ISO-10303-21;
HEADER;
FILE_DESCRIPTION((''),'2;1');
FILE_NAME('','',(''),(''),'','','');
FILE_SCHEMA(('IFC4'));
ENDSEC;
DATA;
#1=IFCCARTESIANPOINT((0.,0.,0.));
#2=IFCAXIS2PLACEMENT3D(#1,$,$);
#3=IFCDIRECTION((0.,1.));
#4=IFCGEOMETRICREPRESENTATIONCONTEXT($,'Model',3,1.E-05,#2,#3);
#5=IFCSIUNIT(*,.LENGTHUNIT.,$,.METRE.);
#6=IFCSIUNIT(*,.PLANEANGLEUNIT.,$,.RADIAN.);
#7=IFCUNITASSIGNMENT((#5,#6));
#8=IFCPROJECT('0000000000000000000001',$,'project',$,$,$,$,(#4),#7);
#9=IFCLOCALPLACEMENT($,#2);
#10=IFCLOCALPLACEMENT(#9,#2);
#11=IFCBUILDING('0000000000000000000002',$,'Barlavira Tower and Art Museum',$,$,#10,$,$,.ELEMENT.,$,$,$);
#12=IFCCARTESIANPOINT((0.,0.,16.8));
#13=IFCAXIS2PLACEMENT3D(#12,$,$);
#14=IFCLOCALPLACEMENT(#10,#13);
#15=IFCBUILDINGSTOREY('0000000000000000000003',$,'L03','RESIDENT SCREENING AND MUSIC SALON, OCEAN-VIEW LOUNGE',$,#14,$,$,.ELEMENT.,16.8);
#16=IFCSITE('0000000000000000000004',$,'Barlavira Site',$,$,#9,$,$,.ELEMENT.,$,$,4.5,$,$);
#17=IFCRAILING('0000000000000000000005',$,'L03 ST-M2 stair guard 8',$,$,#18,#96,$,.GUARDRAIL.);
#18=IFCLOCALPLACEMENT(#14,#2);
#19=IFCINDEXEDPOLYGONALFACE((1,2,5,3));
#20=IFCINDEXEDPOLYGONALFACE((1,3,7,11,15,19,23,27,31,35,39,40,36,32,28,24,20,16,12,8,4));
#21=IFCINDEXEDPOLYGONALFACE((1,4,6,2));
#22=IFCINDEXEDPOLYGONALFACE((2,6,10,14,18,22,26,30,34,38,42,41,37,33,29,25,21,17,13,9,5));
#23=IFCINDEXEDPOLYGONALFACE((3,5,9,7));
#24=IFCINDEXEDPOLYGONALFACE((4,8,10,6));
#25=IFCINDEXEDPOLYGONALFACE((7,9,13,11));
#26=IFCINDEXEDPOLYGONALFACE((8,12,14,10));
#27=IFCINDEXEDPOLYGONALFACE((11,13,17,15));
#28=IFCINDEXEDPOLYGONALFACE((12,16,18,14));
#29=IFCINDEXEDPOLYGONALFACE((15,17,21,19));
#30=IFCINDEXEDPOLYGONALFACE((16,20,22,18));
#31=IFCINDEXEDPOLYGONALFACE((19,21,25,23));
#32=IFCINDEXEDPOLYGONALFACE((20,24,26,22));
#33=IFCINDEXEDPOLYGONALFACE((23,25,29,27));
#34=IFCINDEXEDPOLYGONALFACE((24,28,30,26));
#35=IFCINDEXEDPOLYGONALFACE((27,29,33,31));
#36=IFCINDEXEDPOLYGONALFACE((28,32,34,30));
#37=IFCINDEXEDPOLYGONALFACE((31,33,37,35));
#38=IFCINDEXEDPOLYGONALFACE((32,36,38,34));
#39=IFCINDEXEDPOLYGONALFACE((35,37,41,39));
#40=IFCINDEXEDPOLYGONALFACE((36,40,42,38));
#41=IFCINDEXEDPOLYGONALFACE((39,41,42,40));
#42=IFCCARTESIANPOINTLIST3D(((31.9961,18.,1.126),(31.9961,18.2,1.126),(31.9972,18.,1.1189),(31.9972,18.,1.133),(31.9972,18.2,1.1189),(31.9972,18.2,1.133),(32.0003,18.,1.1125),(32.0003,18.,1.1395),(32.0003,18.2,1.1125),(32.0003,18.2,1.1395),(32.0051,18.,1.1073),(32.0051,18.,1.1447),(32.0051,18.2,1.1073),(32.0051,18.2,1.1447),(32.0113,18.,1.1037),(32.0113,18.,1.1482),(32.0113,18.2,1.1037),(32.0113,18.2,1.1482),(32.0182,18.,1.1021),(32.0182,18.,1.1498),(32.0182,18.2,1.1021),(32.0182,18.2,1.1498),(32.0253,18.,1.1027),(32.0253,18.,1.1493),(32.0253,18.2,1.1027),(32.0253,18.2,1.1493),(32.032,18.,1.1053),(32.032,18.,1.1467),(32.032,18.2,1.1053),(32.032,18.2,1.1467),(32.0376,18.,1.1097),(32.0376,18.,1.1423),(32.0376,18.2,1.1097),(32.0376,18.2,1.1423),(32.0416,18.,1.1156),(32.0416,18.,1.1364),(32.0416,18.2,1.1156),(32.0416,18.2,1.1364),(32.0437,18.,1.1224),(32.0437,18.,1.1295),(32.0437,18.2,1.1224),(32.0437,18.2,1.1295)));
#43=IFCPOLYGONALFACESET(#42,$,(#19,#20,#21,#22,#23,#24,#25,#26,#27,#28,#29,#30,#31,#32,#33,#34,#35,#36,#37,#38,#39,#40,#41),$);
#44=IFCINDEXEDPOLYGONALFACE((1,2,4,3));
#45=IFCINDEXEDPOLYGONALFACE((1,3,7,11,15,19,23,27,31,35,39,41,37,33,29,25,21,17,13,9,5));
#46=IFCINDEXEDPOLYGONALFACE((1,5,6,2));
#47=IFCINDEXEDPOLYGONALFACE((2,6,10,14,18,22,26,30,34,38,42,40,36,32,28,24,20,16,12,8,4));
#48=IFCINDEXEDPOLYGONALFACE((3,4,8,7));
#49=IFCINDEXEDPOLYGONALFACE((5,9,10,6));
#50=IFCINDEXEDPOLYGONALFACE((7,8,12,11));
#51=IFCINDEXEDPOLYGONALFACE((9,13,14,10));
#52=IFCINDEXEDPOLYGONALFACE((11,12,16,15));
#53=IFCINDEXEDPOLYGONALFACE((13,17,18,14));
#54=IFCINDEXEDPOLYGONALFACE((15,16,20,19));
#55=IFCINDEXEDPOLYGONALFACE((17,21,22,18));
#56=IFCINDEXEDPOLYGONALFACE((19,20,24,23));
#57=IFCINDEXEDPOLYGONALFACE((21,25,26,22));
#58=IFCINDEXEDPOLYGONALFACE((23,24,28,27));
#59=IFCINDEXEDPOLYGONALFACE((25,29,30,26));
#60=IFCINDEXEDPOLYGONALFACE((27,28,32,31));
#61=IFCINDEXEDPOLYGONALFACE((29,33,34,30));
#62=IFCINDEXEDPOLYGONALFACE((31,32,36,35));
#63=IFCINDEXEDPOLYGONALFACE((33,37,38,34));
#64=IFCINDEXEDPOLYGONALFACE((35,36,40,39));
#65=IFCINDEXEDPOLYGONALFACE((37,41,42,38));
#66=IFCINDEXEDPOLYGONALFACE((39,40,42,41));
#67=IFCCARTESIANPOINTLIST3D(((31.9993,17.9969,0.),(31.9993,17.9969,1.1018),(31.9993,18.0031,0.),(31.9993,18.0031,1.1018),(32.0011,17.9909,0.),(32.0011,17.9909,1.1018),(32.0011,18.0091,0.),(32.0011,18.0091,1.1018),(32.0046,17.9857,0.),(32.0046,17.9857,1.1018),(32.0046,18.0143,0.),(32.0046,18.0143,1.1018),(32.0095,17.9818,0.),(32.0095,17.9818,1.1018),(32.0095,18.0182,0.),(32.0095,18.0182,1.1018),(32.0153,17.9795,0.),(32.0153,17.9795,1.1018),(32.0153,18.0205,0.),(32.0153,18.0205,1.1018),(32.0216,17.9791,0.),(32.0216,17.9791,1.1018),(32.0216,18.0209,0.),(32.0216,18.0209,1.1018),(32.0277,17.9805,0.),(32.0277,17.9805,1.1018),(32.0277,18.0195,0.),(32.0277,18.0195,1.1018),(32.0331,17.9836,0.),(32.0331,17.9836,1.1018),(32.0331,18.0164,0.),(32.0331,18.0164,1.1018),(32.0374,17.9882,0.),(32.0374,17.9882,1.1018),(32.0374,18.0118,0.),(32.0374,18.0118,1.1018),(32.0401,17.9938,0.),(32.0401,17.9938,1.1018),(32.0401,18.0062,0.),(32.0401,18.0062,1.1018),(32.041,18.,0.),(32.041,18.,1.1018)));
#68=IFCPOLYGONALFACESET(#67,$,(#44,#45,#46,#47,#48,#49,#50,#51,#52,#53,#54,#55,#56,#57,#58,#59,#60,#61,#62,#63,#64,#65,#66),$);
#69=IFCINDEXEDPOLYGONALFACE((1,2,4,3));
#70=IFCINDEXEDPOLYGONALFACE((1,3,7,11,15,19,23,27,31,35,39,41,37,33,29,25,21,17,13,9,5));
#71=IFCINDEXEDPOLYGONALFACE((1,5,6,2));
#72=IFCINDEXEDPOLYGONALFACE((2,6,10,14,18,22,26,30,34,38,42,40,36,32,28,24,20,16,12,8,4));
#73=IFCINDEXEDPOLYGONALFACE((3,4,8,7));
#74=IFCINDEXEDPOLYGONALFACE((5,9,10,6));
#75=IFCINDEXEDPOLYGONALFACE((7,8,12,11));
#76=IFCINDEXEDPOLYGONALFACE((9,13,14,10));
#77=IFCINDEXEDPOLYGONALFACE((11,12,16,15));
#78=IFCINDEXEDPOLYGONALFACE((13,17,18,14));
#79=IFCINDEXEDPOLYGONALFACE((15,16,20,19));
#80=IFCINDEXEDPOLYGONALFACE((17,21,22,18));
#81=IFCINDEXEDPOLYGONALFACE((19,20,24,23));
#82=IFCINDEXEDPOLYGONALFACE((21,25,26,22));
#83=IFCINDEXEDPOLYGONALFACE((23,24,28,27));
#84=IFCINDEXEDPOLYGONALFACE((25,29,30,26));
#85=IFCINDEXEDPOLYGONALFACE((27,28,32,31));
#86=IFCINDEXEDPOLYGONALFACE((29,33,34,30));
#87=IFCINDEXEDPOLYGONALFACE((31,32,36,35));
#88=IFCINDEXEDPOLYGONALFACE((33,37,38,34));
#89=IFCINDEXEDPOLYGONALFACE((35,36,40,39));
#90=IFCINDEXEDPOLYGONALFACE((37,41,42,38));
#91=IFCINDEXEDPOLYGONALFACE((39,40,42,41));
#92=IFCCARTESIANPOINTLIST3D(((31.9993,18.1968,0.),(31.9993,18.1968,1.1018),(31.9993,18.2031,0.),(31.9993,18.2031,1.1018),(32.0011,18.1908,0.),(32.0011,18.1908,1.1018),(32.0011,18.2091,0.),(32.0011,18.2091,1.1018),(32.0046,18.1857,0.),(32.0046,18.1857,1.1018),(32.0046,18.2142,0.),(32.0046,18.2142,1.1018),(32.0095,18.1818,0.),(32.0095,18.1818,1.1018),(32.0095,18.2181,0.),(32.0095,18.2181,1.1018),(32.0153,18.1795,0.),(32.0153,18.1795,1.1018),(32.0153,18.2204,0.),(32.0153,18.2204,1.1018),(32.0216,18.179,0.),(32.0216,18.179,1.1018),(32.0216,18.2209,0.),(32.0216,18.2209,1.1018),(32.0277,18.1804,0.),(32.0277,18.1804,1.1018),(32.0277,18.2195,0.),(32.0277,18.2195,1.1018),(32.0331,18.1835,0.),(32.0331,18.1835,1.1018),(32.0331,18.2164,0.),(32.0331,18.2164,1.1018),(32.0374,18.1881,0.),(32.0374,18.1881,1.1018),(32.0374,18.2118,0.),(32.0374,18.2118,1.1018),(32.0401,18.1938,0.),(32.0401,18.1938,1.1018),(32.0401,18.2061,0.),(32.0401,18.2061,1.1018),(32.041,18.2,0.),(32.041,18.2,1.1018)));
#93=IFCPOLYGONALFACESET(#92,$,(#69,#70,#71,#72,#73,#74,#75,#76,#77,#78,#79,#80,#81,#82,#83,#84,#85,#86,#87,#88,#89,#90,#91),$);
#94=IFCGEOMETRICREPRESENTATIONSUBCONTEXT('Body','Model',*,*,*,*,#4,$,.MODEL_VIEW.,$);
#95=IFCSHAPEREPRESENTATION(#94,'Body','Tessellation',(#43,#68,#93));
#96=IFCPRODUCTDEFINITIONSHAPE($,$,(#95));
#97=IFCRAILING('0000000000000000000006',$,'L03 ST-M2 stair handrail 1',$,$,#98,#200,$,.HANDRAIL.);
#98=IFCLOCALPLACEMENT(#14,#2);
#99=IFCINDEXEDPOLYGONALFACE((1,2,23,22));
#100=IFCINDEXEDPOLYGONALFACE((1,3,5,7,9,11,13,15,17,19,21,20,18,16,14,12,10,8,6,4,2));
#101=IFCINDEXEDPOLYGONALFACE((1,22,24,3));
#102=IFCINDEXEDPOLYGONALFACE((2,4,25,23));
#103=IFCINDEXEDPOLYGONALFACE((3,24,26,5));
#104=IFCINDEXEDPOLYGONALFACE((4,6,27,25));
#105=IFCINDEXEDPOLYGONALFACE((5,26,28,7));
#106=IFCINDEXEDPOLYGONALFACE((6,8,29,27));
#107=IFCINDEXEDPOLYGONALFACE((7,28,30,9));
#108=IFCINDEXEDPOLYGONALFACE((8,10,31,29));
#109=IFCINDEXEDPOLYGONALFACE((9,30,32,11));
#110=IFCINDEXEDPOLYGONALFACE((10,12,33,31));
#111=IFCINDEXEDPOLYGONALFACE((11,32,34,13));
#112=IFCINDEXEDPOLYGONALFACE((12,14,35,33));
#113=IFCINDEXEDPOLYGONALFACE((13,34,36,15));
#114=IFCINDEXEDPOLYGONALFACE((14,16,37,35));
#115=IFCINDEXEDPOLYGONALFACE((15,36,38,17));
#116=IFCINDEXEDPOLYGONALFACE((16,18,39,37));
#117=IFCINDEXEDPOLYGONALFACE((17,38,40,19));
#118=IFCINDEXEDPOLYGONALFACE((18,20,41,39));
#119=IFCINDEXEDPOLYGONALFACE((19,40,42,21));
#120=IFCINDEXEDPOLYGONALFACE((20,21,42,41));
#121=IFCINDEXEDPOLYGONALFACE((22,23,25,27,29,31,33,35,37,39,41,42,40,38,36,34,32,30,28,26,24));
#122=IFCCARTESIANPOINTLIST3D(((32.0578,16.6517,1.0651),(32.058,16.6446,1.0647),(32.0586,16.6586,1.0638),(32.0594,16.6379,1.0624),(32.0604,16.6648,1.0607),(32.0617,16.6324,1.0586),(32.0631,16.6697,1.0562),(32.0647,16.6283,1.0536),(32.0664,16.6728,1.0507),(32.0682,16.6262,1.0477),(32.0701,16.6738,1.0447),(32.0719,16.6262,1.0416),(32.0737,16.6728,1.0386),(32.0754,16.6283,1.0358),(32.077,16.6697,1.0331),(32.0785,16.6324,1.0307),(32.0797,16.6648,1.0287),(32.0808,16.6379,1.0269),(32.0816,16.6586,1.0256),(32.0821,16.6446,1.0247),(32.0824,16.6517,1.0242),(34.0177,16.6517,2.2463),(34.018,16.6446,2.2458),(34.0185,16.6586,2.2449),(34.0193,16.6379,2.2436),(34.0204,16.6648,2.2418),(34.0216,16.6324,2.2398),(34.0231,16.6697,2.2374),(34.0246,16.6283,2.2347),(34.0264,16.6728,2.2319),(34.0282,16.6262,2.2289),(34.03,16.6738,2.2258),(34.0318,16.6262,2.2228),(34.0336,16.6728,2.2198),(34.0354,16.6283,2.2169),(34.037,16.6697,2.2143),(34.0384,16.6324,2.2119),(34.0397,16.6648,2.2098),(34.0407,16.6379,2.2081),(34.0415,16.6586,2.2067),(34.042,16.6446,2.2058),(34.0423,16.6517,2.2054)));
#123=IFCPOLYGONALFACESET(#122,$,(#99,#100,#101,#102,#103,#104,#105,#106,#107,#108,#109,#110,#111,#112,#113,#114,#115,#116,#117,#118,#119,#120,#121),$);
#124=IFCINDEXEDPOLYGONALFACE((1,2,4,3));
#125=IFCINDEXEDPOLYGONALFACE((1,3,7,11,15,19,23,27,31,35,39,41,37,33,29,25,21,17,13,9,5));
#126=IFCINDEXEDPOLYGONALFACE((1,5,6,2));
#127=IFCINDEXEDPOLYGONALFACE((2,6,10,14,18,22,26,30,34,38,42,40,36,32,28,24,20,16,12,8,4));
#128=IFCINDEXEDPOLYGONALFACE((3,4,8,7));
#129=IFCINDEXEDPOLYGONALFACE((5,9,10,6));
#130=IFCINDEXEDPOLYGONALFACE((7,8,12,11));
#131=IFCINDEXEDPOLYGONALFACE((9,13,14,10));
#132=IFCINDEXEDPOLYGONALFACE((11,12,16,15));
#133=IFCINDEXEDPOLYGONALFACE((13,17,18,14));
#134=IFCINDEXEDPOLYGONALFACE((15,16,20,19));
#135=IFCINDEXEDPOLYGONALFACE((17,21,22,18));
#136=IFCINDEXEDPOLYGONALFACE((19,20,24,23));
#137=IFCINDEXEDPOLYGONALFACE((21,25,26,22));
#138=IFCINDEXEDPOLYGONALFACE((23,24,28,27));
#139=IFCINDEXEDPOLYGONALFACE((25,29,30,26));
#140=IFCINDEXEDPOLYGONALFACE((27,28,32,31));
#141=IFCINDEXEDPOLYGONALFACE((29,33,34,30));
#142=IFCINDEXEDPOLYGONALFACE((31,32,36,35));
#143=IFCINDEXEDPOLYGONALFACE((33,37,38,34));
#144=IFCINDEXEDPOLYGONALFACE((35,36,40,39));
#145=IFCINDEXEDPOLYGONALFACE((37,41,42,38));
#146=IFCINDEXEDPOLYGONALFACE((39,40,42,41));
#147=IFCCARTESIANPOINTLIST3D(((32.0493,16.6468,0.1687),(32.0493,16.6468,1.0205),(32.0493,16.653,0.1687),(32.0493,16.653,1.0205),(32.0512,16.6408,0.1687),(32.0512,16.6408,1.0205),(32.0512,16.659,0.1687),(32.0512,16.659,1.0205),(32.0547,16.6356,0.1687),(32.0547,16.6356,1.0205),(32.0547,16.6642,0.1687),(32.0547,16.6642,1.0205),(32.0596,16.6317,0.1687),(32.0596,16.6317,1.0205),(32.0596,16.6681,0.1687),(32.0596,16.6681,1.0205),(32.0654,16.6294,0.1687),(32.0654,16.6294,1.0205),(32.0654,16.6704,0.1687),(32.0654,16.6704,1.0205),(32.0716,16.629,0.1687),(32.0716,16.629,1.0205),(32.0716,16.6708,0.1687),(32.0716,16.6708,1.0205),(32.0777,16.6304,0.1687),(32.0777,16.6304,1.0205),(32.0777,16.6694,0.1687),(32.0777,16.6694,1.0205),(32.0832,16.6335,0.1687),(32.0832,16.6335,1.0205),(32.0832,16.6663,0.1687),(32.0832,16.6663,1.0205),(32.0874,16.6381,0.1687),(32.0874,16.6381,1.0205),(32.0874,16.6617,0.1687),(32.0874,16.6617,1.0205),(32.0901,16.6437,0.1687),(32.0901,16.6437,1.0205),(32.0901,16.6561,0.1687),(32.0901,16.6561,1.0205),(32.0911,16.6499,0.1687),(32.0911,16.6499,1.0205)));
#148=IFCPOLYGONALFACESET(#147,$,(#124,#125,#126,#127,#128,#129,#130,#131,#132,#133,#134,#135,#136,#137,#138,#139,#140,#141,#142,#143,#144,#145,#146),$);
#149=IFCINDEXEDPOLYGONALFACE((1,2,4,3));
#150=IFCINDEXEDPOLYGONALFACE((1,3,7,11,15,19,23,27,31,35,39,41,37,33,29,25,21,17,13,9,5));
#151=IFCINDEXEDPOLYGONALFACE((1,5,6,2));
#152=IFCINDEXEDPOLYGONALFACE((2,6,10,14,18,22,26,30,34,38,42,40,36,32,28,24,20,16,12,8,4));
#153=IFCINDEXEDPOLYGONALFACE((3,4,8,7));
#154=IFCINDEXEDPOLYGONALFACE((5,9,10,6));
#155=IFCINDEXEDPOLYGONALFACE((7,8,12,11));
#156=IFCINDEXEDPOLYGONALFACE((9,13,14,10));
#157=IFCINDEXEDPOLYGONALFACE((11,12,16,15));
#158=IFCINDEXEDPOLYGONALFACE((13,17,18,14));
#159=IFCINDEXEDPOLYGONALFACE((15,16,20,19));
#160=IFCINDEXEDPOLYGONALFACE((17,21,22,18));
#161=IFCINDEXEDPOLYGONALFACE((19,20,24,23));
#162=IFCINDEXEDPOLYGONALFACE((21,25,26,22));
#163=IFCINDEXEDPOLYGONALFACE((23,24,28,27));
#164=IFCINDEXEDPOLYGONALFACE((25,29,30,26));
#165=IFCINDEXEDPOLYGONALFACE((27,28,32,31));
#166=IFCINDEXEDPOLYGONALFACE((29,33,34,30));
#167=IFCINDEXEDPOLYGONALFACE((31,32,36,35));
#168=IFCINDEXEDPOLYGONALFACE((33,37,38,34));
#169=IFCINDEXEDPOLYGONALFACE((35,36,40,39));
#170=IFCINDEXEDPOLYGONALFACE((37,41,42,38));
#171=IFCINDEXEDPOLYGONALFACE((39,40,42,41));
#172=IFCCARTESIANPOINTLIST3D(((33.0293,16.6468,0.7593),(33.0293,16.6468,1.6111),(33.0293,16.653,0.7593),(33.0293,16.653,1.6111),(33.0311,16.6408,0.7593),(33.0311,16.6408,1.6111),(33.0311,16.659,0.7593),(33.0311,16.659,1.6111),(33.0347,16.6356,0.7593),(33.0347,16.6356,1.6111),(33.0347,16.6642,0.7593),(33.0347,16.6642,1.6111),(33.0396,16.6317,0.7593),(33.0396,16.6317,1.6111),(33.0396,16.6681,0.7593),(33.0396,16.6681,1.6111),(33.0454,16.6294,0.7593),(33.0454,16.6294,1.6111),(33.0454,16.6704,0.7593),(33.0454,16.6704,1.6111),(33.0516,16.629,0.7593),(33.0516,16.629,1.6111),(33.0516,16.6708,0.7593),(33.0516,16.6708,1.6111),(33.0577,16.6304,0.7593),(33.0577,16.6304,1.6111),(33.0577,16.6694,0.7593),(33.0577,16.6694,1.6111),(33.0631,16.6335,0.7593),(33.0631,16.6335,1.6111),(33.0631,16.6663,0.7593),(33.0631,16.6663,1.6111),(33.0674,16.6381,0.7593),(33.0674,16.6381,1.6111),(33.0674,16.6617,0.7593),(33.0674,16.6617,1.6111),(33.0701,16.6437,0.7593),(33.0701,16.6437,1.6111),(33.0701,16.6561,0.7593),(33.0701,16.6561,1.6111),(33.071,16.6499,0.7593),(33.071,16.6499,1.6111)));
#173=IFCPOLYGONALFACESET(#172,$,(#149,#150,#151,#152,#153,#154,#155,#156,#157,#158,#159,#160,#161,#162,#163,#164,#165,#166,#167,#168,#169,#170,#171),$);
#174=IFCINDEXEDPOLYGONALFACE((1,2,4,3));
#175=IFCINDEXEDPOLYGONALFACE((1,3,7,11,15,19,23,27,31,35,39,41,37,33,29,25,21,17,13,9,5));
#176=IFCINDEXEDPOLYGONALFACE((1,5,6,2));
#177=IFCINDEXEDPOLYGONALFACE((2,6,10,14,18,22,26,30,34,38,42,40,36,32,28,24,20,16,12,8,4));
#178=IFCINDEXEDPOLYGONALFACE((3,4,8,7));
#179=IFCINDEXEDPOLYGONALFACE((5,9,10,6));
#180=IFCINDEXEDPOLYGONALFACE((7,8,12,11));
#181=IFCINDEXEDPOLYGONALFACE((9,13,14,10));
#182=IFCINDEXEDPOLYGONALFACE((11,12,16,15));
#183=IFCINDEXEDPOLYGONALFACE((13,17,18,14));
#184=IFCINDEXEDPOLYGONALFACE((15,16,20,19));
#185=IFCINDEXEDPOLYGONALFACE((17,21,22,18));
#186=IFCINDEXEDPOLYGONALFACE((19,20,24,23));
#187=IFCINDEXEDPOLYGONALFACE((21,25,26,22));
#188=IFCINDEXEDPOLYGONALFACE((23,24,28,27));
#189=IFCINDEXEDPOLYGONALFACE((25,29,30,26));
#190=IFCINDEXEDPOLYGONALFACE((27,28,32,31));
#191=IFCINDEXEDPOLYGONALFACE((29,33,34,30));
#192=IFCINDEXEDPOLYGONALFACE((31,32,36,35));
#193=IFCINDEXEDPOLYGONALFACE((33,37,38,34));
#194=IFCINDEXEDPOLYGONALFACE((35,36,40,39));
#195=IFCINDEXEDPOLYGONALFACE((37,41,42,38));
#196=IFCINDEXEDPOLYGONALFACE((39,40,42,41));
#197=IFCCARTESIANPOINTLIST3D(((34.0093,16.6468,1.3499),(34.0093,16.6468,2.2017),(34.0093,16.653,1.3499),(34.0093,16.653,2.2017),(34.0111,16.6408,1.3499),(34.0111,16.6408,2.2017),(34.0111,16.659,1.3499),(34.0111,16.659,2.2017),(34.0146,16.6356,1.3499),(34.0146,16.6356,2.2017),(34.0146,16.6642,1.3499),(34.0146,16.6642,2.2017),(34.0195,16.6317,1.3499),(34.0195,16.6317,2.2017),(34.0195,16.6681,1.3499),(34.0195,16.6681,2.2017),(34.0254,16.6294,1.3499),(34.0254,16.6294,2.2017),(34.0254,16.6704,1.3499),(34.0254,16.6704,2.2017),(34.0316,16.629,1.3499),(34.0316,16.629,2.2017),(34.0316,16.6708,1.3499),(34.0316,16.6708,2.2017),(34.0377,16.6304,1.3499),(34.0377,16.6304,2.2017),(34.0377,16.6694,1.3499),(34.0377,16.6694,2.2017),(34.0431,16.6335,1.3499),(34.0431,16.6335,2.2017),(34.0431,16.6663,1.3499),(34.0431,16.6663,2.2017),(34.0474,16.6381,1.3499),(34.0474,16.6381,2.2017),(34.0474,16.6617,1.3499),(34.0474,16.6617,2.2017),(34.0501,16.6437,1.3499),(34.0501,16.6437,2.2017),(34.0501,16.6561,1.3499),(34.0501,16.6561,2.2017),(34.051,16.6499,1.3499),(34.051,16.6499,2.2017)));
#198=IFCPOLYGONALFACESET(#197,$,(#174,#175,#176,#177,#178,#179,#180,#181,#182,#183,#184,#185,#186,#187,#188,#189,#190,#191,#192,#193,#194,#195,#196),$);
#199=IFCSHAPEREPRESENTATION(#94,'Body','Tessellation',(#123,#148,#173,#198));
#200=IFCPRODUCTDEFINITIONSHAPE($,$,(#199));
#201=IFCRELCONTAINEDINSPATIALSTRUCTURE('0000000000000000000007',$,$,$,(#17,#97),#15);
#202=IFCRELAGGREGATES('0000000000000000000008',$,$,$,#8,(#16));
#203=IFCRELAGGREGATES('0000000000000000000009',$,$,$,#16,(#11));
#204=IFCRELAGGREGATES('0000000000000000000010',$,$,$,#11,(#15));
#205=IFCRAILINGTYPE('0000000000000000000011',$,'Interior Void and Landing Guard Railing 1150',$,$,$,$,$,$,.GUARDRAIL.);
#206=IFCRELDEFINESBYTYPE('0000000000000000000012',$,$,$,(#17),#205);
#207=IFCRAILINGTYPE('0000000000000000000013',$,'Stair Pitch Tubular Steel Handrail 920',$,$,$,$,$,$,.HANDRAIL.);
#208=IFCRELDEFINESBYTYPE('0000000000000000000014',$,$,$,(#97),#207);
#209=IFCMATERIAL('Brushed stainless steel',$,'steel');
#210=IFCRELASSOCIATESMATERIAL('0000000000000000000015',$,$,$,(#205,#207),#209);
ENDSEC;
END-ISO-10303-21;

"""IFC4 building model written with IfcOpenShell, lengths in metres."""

from ifc_helpers import new_model, si_unit, direction, frame, origin, origin_2d, place, context, subcontext, project, spatial, circle, extrude, material, type_object, element, save


model = new_model("IFC4")

# Units and contexts
model_context = context("Model", 3, precision=1e-05, world=origin(), true_north=direction((0.0, 1.0)))
body_context = subcontext(model_context, "Body", "Model", "MODEL_VIEW")
ifc_project = project(units=[si_unit("LENGTHUNIT", "METRE"), si_unit("PLANEANGLEUNIT", "RADIAN")], contexts=[model_context])

# Site, building, storey
site_placement = place(None, origin())
site = spatial("IfcSite", under=ifc_project, at=site_placement, Name="Barlavira Site", CompositionType="ELEMENT", RefElevation=4.5)
building_placement = place(site_placement, origin())
building = spatial("IfcBuilding", under=site, at=building_placement, Name="Barlavira Tower and Art Museum", CompositionType="ELEMENT")
storey_placement = place(building_placement, frame((0.0, 0.0, 16.8)))
storey = spatial("IfcBuildingStorey", under=building, at=storey_placement, Name="L03", Description="RESIDENT SCREENING AND MUSIC SALON, OCEAN-VIEW LOUNGE", CompositionType="ELEMENT", Elevation=16.8)

# Railings
ifc_material_1 = material(Name="Brushed stainless steel", Category="steel")
railing_type_1 = type_object("IfcRailingType", Name="Interior Void and Landing Guard Railing 1150", PredefinedType="GUARDRAIL", material=ifc_material_1)
railing_1_placement = place(storey_placement, frame((32.02, 18.0, 0.0)))
element("IfcRailing", 1, at=railing_1_placement, inside=storey, type_object=railing_type_1, Name="L03 ST-M2 stair guard 8", PredefinedType="GUARDRAIL", context=body_context, shape_type="SweptSolid", body=[
    extrude(circle(Radius=0.0239, at=origin_2d()), frame((0.0, 0.0, 1.126), z_axis=(0.0, 1.0, 0.0), x_axis=(-1.0, 0.0, 0.0)), (0.0, 0.0, 1.0), 0.2),
    extrude(circle(Radius=0.021, at=origin_2d()), origin(), (0.0, 0.0, 1.0), 1.1018),
    extrude(circle(Radius=0.021, at=origin_2d()), frame((0.0, 0.2, 0.0)), (0.0, 0.0, 1.0), 1.1018),
])
railing_type_2 = type_object("IfcRailingType", Name="Stair Pitch Tubular Steel Handrail 920", PredefinedType="HANDRAIL", material=ifc_material_1)
railing_2_placement = place(storey_placement, frame((32.0701, 16.6499, 0.1687)))
element("IfcRailing", 2, at=railing_2_placement, inside=storey, type_object=railing_type_2, Name="L03 ST-M2 stair handrail 1", PredefinedType="HANDRAIL", context=body_context, shape_type="SweptSolid", body=[
    extrude(circle(Radius=0.0239, at=origin_2d()), frame((0.0, 0.0, 0.876), z_axis=(0.856493, 0.0, 0.516158), x_axis=(0.0, 1.0, 0.0)), (0.0, 0.0, 1.0), 2.2883),
    extrude(circle(Radius=0.021, at=origin_2d()), origin(), (0.0, 0.0, 1.0), 0.8518),
    extrude(circle(Radius=0.021, at=origin_2d()), frame((0.98, 0.0, 0.5906)), (0.0, 0.0, 1.0), 0.8518),
    extrude(circle(Radius=0.021, at=origin_2d()), frame((1.96, 0.0, 1.1812)), (0.0, 0.0, 1.0), 0.8518),
])

save(model, "model.ifc")
